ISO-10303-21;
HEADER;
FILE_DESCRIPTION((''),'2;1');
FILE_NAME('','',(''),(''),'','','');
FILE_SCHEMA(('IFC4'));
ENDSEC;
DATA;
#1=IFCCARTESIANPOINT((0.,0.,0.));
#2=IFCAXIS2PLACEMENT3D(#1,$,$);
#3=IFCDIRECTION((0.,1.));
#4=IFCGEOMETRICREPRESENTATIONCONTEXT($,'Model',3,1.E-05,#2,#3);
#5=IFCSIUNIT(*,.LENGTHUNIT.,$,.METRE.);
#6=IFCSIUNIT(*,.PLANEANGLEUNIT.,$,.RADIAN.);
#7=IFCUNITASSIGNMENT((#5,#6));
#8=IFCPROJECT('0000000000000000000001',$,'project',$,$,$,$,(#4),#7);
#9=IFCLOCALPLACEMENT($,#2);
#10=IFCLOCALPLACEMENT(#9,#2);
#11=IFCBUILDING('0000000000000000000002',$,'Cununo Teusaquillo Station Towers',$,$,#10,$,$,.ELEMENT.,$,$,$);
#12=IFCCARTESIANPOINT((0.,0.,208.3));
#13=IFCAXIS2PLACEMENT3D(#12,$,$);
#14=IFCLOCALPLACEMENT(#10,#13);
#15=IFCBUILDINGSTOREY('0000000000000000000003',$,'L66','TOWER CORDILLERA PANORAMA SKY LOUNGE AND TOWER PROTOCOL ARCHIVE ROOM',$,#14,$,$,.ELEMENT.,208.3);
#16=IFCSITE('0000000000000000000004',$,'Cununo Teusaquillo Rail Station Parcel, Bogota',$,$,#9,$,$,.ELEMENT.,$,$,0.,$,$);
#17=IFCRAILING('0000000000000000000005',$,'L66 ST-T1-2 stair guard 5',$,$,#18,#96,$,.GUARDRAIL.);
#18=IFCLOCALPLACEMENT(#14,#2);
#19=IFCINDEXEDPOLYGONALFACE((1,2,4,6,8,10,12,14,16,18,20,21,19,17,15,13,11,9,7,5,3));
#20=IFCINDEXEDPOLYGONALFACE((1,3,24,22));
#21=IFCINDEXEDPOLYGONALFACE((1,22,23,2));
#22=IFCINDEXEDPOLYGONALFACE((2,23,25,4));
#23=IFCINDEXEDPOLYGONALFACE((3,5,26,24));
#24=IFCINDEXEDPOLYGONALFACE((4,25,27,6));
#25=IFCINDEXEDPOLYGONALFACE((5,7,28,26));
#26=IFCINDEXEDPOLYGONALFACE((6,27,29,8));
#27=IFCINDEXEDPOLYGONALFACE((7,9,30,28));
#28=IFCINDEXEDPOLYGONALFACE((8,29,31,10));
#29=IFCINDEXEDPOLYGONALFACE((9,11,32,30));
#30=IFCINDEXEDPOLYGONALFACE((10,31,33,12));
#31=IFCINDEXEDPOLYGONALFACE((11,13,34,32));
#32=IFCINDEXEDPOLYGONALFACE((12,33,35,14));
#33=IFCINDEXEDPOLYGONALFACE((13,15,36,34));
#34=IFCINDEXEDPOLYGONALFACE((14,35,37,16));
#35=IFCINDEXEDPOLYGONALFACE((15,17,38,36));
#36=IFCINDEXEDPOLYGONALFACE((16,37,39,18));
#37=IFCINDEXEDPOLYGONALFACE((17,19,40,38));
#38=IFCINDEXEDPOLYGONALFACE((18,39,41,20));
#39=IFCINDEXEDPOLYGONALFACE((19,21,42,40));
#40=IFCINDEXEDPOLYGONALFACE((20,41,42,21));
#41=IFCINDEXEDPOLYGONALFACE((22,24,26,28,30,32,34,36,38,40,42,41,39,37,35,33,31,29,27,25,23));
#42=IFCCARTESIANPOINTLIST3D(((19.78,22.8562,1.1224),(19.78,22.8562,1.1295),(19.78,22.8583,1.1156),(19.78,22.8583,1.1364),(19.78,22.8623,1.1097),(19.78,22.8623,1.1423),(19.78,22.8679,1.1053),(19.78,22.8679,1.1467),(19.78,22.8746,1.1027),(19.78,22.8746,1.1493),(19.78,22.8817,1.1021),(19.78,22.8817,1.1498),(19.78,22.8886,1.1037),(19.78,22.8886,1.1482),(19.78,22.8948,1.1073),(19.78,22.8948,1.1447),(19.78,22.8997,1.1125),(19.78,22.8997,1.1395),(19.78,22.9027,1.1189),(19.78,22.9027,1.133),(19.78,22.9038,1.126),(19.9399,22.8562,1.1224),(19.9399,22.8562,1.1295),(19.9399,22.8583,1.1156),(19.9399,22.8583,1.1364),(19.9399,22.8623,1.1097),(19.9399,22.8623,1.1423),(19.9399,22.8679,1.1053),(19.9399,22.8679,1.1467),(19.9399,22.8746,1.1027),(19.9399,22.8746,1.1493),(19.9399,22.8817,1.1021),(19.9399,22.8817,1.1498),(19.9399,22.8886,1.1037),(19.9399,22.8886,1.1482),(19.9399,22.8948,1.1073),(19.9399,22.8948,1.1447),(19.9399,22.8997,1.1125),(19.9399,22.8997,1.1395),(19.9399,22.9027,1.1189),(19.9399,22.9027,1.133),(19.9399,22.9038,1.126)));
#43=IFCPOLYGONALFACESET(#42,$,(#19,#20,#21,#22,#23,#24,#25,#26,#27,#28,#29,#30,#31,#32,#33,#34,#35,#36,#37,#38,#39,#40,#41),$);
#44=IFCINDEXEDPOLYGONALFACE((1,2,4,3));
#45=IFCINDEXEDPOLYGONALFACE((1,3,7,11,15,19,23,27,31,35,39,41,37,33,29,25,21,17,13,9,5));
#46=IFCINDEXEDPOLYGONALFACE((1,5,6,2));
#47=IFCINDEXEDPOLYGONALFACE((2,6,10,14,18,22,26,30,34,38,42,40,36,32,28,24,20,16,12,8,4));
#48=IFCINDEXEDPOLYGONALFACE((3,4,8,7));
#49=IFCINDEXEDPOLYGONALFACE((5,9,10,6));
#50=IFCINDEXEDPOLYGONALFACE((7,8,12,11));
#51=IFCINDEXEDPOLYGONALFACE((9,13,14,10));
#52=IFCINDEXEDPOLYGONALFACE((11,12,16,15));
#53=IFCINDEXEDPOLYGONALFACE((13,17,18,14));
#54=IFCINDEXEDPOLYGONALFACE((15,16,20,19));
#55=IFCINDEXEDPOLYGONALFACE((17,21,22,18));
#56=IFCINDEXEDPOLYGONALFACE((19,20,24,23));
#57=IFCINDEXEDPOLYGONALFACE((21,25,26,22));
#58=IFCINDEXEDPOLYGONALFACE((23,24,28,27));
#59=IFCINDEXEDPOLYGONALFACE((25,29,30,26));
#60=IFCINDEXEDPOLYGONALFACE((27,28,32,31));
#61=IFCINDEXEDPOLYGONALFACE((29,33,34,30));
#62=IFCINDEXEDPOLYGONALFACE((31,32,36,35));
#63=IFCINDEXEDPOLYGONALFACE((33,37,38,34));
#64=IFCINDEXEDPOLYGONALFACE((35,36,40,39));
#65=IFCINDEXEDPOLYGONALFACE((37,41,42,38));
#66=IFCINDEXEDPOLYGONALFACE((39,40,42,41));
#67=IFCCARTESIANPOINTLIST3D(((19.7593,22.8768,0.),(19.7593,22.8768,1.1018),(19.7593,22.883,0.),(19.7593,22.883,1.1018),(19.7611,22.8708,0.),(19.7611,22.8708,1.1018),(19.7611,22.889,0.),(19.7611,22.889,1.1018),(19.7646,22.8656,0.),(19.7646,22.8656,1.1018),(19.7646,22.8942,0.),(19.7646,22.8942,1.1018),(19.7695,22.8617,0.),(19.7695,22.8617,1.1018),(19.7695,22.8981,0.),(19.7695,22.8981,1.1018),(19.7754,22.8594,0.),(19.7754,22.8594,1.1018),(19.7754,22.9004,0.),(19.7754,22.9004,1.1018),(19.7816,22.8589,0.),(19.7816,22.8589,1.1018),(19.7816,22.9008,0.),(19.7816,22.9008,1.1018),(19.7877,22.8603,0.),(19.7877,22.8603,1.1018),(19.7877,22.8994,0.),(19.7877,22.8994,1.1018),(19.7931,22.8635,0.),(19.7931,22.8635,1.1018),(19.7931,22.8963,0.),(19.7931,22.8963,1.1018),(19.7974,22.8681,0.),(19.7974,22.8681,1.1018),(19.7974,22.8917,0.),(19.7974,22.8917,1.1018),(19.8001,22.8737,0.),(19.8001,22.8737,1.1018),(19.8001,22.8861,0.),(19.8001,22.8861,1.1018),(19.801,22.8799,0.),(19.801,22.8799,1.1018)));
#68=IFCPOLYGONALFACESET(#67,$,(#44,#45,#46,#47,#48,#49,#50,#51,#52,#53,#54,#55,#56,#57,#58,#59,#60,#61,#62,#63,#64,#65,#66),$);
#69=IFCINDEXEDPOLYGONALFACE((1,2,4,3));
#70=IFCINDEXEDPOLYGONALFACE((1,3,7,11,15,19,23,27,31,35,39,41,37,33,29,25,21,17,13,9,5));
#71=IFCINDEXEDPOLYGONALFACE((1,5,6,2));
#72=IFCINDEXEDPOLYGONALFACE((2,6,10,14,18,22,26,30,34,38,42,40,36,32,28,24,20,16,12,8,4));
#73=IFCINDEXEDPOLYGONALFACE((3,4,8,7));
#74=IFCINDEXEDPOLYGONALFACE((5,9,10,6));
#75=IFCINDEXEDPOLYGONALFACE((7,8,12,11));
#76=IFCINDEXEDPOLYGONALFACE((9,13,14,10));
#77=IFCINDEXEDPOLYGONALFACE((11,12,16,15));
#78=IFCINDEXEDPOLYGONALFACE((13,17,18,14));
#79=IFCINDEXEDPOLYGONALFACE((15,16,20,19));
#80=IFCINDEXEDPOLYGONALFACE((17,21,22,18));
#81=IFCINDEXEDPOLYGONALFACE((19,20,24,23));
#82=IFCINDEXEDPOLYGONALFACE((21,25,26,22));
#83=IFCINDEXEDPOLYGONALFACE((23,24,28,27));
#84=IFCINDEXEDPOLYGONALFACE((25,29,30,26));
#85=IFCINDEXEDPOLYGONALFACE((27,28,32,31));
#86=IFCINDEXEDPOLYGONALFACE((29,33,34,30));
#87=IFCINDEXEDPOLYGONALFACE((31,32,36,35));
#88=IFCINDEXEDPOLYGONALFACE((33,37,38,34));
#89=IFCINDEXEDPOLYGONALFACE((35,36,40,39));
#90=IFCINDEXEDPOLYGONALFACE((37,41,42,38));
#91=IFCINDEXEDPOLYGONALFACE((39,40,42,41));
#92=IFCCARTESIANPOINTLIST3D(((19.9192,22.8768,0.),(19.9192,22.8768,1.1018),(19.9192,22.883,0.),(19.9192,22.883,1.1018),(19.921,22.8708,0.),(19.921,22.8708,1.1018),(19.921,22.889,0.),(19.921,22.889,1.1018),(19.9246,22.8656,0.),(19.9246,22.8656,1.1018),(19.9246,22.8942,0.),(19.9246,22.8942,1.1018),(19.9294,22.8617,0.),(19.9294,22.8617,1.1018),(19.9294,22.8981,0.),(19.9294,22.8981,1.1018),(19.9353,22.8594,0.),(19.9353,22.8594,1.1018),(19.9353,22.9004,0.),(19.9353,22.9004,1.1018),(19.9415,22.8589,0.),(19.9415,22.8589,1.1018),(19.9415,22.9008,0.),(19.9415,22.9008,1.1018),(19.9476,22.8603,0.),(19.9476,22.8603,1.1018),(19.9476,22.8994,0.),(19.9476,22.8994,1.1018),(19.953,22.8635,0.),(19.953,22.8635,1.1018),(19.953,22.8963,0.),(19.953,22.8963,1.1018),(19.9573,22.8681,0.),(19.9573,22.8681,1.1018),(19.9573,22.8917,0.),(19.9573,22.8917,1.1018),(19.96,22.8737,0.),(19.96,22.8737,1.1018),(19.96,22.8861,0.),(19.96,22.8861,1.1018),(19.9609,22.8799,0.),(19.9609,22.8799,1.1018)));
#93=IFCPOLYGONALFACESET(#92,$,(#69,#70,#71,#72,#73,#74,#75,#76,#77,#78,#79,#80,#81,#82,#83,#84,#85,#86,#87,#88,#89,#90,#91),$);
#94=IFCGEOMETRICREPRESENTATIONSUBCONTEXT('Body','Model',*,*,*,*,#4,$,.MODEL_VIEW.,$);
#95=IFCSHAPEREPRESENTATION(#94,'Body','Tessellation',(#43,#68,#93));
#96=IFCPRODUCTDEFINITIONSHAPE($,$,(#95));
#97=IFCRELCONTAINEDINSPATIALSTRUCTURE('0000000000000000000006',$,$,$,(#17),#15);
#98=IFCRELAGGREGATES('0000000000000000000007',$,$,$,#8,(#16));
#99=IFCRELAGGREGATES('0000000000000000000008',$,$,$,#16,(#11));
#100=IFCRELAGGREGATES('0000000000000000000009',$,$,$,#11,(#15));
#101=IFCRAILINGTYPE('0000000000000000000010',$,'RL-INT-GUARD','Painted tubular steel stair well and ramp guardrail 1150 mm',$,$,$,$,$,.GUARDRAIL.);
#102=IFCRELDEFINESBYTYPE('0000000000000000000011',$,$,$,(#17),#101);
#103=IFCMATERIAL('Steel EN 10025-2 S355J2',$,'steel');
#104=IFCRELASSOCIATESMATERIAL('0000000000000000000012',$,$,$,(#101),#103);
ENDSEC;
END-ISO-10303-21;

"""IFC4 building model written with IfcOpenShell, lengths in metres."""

from ifc_helpers import new_model, si_unit, direction, frame, origin, origin_2d, place, context, subcontext, project, spatial, circle, extrude, material, type_object, element, save


model = new_model("IFC4")

# Units and contexts
model_context = context("Model", 3, precision=1e-05, world=origin(), true_north=direction((0.0, 1.0)))
body_context = subcontext(model_context, "Body", "Model", "MODEL_VIEW")
ifc_project = project(units=[si_unit("LENGTHUNIT", "METRE"), si_unit("PLANEANGLEUNIT", "RADIAN")], contexts=[model_context])

# Site, building, storey
site_placement = place(None, origin())
site = spatial("IfcSite", under=ifc_project, at=site_placement, Name="Cununo Teusaquillo Rail Station Parcel, Bogota", CompositionType="ELEMENT", RefElevation=0.0)
building_placement = place(site_placement, origin())
building = spatial("IfcBuilding", under=site, at=building_placement, Name="Cununo Teusaquillo Station Towers", CompositionType="ELEMENT")
storey_placement = place(building_placement, frame((0.0, 0.0, 208.3)))
storey = spatial("IfcBuildingStorey", under=building, at=storey_placement, Name="L66", Description="TOWER CORDILLERA PANORAMA SKY LOUNGE AND TOWER PROTOCOL ARCHIVE ROOM", CompositionType="ELEMENT", Elevation=208.3)

# Railing
ifc_material_1 = material(Name="Steel EN 10025-2 S355J2", Category="steel")
railing_type_1 = type_object("IfcRailingType", Name="RL-INT-GUARD", Description="Painted tubular steel stair well and ramp guardrail 1150 mm", PredefinedType="GUARDRAIL", material=ifc_material_1)
railing_1_placement = place(storey_placement, frame((19.78, 22.8799, 0.0)))
element("IfcRailing", 1, at=railing_1_placement, inside=storey, type_object=railing_type_1, Name="L66 ST-T1-2 stair guard 5", PredefinedType="GUARDRAIL", context=body_context, shape_type="SweptSolid", body=[
    extrude(circle(Radius=0.0239, at=origin_2d()), frame((0.0, 0.0, 1.126), z_axis=(1.0, 0.0, 0.0), x_axis=(0.0, 1.0, 0.0)), (0.0, 0.0, 1.0), 0.1599),
    extrude(circle(Radius=0.021, at=origin_2d()), origin(), (0.0, 0.0, 1.0), 1.1018),
    extrude(circle(Radius=0.021, at=origin_2d()), frame((0.1599, 0.0, 0.0)), (0.0, 0.0, 1.0), 1.1018),
])

save(model, "model.ifc")
